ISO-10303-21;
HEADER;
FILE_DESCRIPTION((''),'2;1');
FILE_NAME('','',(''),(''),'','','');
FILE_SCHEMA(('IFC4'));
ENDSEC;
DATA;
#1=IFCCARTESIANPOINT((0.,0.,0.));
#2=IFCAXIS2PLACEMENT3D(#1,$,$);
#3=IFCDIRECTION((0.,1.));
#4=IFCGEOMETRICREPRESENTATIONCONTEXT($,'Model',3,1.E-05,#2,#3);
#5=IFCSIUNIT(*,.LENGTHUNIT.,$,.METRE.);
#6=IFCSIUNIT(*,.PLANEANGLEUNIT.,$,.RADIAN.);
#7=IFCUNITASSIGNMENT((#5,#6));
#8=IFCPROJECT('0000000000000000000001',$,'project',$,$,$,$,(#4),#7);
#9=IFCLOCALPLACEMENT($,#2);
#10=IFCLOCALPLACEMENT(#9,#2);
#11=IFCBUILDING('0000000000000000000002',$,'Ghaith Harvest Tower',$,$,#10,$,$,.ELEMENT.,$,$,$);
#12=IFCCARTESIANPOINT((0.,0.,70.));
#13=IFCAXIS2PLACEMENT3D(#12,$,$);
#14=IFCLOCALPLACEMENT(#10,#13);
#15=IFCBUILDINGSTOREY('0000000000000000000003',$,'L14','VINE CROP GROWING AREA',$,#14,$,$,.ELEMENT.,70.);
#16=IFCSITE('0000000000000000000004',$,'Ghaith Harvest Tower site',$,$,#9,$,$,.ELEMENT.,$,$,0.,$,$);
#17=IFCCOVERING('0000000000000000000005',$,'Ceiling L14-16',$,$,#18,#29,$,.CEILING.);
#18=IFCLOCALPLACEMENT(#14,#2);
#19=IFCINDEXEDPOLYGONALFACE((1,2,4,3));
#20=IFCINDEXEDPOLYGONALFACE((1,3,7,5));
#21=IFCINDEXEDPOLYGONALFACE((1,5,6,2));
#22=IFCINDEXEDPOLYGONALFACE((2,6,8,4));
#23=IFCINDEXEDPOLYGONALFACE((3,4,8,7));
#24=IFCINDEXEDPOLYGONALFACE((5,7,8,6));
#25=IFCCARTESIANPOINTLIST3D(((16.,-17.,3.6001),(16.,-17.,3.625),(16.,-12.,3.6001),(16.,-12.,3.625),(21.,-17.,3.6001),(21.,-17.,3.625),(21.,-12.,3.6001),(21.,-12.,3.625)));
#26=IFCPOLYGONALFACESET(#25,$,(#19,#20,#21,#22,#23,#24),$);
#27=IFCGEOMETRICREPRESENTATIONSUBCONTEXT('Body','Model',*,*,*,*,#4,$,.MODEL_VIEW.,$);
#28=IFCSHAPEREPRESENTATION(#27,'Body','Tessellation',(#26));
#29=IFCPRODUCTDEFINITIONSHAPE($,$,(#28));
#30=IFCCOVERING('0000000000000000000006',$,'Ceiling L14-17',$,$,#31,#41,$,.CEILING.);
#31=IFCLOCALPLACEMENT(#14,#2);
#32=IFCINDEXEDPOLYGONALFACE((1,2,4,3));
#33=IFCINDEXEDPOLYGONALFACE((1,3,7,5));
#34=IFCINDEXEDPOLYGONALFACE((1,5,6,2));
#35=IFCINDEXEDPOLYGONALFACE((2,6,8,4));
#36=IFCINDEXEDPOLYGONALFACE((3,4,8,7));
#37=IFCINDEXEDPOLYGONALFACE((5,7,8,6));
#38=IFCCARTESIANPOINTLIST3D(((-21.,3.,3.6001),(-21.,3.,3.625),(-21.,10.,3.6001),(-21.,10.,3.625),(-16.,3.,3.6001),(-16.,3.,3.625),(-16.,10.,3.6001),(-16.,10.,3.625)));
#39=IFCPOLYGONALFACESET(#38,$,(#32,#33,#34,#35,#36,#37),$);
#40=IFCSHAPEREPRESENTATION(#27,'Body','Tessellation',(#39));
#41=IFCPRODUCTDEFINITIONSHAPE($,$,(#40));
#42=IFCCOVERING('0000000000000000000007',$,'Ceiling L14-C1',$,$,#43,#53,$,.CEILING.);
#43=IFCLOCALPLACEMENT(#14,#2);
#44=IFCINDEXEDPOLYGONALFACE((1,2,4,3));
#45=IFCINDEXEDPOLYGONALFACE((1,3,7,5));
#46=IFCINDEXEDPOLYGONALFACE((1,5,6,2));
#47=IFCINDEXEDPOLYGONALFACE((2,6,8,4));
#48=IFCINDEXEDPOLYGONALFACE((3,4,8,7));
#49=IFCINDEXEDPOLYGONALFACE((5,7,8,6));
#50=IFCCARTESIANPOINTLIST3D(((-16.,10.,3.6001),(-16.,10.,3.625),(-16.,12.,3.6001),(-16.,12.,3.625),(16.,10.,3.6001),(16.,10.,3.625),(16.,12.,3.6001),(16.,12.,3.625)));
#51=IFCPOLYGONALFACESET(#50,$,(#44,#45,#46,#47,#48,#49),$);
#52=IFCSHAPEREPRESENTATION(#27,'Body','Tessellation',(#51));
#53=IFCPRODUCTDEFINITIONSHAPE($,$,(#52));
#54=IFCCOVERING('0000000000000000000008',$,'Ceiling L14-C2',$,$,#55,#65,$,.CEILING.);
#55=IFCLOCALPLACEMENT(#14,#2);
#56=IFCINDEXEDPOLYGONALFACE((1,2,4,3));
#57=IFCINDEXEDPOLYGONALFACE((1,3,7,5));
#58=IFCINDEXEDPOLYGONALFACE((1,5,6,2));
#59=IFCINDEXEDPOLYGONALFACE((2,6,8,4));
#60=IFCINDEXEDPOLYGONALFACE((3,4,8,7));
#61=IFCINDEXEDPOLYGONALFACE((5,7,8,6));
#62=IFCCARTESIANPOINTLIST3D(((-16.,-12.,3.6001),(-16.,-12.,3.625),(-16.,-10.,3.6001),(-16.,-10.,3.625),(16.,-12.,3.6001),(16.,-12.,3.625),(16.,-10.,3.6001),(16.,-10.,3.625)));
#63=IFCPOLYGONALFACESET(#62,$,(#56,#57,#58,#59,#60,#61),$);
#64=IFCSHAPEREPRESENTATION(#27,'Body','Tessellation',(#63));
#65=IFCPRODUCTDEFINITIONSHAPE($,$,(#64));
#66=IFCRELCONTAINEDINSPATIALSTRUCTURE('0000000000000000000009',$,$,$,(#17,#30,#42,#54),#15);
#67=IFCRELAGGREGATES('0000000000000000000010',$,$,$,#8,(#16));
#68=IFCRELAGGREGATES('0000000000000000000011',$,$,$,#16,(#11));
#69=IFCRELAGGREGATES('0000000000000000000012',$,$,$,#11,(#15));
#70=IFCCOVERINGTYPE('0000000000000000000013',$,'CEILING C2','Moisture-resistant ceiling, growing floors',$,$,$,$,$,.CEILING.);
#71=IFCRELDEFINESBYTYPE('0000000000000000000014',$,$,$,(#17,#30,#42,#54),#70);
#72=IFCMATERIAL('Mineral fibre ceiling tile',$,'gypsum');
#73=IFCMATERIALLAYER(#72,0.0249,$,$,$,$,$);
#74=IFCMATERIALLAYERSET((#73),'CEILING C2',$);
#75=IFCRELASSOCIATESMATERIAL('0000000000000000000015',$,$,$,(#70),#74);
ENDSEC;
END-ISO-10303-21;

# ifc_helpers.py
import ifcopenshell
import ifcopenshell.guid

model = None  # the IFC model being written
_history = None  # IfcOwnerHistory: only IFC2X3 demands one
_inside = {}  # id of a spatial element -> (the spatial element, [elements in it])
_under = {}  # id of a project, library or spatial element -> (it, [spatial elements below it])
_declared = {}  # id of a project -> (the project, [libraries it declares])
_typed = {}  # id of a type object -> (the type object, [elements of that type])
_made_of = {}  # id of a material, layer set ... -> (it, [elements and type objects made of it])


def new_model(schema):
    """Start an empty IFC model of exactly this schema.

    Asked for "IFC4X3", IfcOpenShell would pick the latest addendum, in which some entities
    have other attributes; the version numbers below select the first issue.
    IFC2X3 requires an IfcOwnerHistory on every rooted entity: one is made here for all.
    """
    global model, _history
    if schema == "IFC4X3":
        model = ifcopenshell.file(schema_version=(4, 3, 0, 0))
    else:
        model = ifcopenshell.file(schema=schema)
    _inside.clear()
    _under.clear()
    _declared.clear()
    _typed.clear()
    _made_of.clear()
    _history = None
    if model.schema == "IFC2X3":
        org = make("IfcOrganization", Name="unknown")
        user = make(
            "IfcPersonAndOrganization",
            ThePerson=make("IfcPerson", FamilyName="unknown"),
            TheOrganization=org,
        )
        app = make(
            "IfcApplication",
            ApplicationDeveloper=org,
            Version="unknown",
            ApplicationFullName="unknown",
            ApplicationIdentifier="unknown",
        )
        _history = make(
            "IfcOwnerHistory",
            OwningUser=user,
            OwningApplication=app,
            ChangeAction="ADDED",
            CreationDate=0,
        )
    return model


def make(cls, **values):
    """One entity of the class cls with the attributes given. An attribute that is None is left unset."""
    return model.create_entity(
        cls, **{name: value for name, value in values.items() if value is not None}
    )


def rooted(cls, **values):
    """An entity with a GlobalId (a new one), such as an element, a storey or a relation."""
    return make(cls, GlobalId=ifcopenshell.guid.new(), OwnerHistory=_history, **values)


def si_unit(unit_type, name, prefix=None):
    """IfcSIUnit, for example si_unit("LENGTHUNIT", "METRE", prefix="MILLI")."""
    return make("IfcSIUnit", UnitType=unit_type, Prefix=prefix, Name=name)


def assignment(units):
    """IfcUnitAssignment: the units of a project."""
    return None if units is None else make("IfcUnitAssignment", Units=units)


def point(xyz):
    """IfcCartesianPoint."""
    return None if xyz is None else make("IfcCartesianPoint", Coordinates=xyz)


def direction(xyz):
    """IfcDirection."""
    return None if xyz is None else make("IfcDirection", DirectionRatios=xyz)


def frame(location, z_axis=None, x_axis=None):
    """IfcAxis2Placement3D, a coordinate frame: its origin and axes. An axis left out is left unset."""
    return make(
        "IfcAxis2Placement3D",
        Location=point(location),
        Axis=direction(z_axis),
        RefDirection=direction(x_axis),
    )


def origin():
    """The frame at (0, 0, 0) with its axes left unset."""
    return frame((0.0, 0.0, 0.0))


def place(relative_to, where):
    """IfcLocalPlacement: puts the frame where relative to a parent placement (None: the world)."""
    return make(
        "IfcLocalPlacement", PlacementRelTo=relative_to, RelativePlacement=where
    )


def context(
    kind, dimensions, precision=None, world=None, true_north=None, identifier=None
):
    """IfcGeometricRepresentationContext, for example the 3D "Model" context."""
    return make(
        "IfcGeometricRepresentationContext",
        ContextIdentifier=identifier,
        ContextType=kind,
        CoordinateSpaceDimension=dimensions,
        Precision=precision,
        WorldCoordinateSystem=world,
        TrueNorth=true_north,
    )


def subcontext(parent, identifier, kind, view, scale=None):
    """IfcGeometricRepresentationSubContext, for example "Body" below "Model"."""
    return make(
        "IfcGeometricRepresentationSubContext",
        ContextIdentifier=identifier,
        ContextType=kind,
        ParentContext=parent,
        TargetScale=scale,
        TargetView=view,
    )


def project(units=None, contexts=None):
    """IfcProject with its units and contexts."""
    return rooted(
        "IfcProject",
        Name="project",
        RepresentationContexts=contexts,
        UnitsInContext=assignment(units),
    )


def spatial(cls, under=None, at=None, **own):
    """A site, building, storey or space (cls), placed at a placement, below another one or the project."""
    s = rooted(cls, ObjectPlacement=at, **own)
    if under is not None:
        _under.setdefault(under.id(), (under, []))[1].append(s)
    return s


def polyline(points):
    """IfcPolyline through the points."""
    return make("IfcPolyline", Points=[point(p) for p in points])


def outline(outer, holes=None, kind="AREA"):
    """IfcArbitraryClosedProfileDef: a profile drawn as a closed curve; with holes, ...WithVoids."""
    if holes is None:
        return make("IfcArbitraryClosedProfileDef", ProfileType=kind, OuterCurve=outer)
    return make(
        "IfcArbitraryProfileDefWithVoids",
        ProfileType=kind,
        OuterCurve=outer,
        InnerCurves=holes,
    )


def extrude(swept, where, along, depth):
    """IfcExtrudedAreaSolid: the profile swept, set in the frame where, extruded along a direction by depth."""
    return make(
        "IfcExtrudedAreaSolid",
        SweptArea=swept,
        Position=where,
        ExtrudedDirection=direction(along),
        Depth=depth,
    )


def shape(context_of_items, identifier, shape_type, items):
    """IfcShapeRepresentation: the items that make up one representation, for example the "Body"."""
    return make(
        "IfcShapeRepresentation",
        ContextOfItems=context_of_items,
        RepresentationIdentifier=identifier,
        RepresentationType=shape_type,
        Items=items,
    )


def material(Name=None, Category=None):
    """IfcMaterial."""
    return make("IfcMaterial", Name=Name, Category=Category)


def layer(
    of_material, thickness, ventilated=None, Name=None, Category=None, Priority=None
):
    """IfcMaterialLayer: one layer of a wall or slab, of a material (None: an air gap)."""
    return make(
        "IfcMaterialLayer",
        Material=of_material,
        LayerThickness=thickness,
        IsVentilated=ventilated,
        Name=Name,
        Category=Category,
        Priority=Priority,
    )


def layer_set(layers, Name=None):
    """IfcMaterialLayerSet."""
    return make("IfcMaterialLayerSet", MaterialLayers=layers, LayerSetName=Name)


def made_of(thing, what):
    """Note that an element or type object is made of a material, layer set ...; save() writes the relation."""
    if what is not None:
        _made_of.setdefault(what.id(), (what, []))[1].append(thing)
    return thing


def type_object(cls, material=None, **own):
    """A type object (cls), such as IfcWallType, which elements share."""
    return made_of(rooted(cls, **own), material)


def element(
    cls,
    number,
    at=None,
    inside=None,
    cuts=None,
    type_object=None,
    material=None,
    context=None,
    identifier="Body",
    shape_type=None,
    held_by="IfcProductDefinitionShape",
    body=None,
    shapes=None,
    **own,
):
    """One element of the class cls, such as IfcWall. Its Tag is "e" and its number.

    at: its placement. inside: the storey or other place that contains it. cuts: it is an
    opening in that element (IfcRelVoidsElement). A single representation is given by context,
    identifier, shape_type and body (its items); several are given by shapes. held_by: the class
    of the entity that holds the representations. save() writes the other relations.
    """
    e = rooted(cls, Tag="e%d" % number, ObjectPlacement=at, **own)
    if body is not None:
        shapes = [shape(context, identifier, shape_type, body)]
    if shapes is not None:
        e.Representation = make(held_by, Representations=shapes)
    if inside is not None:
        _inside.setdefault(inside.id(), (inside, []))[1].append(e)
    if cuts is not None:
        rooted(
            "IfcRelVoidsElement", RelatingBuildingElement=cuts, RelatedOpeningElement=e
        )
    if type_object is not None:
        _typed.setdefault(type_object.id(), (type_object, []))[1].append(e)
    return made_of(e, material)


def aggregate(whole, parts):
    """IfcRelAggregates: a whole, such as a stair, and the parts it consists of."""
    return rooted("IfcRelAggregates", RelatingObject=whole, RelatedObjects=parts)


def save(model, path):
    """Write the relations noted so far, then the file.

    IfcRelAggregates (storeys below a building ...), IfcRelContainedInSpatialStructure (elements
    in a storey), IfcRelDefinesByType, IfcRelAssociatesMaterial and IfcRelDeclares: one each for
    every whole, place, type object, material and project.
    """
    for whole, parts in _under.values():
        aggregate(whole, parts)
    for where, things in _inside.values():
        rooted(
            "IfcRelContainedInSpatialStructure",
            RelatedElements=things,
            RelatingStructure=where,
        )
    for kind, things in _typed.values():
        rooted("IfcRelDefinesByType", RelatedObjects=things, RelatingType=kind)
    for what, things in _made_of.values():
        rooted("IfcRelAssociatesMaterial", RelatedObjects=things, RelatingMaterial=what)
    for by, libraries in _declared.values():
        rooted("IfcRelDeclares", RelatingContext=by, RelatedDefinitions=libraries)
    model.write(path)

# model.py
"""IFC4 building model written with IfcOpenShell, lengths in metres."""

from ifc_helpers import new_model, si_unit, direction, frame, origin, place, context, subcontext, project, spatial, polyline, outline, extrude, material, layer, layer_set, type_object, element, save


model = new_model("IFC4")

# Units and contexts
model_context = context("Model", 3, precision=1e-05, world=origin(), true_north=direction((0.0, 1.0)))
body_context = subcontext(model_context, "Body", "Model", "MODEL_VIEW")
ifc_project = project(units=[si_unit("LENGTHUNIT", "METRE"), si_unit("PLANEANGLEUNIT", "RADIAN")], contexts=[model_context])

# Site, building, storey
site_placement = place(None, origin())
site = spatial("IfcSite", under=ifc_project, at=site_placement, Name="Ghaith Harvest Tower site", CompositionType="ELEMENT", RefElevation=0.0)
building_placement = place(site_placement, origin())
building = spatial("IfcBuilding", under=site, at=building_placement, Name="Ghaith Harvest Tower", CompositionType="ELEMENT")
storey_placement = place(building_placement, frame((0.0, 0.0, 70.0)))
storey = spatial("IfcBuildingStorey", under=building, at=storey_placement, Name="L14", Description="VINE CROP GROWING AREA", CompositionType="ELEMENT", Elevation=70.0)

# Coverings
ifc_material_1 = material(Name="Mineral fibre ceiling tile", Category="gypsum")
ifc_layer_1 = layer(ifc_material_1, 0.0249)
ifc_layer_set_1 = layer_set([ifc_layer_1], Name="CEILING C2")
covering_type = type_object("IfcCoveringType", Name="CEILING C2", Description="Moisture-resistant ceiling, growing floors", PredefinedType="CEILING", material=ifc_layer_set_1)
covering_1_placement = place(storey_placement, frame((0.0, 0.0, 3.6001)))
element("IfcCovering", 1, at=covering_1_placement, inside=storey, type_object=covering_type, Name="Ceiling L14-16", PredefinedType="CEILING", context=body_context, shape_type="SweptSolid", body=[
    extrude(outline(polyline([(16.0, -17.0), (21.0, -17.0), (21.0, -12.0), (16.0, -12.0), (16.0, -17.0)])), origin(), (0.0, 0.0, 1.0), 0.0249),
])
covering_2_placement = place(storey_placement, frame((0.0, 0.0, 3.6001)))
element("IfcCovering", 2, at=covering_2_placement, inside=storey, type_object=covering_type, Name="Ceiling L14-17", PredefinedType="CEILING", context=body_context, shape_type="SweptSolid", body=[
    extrude(outline(polyline([(-21.0, 3.0), (-16.0, 3.0), (-16.0, 10.0), (-21.0, 10.0), (-21.0, 3.0)])), origin(), (0.0, 0.0, 1.0), 0.0249),
])
covering_3_placement = place(storey_placement, frame((0.0, 0.0, 3.6001)))
element("IfcCovering", 3, at=covering_3_placement, inside=storey, type_object=covering_type, Name="Ceiling L14-C1", PredefinedType="CEILING", context=body_context, shape_type="SweptSolid", body=[
    extrude(outline(polyline([(16.0, 10.0), (-16.0, 10.0), (-16.0, 12.0), (16.0, 12.0), (16.0, 10.0)])), origin(), (0.0, 0.0, 1.0), 0.0249),
])
covering_4_placement = place(storey_placement, frame((0.0, 0.0, 3.6001)))
element("IfcCovering", 4, at=covering_4_placement, inside=storey, type_object=covering_type, Name="Ceiling L14-C2", PredefinedType="CEILING", context=body_context, shape_type="SweptSolid", body=[
    extrude(outline(polyline([(-16.0, -10.0), (16.0, -10.0), (16.0, -12.0), (-16.0, -12.0), (-16.0, -10.0)])), origin(), (0.0, 0.0, 1.0), 0.0249),
])

save(model, "model.ifc")
